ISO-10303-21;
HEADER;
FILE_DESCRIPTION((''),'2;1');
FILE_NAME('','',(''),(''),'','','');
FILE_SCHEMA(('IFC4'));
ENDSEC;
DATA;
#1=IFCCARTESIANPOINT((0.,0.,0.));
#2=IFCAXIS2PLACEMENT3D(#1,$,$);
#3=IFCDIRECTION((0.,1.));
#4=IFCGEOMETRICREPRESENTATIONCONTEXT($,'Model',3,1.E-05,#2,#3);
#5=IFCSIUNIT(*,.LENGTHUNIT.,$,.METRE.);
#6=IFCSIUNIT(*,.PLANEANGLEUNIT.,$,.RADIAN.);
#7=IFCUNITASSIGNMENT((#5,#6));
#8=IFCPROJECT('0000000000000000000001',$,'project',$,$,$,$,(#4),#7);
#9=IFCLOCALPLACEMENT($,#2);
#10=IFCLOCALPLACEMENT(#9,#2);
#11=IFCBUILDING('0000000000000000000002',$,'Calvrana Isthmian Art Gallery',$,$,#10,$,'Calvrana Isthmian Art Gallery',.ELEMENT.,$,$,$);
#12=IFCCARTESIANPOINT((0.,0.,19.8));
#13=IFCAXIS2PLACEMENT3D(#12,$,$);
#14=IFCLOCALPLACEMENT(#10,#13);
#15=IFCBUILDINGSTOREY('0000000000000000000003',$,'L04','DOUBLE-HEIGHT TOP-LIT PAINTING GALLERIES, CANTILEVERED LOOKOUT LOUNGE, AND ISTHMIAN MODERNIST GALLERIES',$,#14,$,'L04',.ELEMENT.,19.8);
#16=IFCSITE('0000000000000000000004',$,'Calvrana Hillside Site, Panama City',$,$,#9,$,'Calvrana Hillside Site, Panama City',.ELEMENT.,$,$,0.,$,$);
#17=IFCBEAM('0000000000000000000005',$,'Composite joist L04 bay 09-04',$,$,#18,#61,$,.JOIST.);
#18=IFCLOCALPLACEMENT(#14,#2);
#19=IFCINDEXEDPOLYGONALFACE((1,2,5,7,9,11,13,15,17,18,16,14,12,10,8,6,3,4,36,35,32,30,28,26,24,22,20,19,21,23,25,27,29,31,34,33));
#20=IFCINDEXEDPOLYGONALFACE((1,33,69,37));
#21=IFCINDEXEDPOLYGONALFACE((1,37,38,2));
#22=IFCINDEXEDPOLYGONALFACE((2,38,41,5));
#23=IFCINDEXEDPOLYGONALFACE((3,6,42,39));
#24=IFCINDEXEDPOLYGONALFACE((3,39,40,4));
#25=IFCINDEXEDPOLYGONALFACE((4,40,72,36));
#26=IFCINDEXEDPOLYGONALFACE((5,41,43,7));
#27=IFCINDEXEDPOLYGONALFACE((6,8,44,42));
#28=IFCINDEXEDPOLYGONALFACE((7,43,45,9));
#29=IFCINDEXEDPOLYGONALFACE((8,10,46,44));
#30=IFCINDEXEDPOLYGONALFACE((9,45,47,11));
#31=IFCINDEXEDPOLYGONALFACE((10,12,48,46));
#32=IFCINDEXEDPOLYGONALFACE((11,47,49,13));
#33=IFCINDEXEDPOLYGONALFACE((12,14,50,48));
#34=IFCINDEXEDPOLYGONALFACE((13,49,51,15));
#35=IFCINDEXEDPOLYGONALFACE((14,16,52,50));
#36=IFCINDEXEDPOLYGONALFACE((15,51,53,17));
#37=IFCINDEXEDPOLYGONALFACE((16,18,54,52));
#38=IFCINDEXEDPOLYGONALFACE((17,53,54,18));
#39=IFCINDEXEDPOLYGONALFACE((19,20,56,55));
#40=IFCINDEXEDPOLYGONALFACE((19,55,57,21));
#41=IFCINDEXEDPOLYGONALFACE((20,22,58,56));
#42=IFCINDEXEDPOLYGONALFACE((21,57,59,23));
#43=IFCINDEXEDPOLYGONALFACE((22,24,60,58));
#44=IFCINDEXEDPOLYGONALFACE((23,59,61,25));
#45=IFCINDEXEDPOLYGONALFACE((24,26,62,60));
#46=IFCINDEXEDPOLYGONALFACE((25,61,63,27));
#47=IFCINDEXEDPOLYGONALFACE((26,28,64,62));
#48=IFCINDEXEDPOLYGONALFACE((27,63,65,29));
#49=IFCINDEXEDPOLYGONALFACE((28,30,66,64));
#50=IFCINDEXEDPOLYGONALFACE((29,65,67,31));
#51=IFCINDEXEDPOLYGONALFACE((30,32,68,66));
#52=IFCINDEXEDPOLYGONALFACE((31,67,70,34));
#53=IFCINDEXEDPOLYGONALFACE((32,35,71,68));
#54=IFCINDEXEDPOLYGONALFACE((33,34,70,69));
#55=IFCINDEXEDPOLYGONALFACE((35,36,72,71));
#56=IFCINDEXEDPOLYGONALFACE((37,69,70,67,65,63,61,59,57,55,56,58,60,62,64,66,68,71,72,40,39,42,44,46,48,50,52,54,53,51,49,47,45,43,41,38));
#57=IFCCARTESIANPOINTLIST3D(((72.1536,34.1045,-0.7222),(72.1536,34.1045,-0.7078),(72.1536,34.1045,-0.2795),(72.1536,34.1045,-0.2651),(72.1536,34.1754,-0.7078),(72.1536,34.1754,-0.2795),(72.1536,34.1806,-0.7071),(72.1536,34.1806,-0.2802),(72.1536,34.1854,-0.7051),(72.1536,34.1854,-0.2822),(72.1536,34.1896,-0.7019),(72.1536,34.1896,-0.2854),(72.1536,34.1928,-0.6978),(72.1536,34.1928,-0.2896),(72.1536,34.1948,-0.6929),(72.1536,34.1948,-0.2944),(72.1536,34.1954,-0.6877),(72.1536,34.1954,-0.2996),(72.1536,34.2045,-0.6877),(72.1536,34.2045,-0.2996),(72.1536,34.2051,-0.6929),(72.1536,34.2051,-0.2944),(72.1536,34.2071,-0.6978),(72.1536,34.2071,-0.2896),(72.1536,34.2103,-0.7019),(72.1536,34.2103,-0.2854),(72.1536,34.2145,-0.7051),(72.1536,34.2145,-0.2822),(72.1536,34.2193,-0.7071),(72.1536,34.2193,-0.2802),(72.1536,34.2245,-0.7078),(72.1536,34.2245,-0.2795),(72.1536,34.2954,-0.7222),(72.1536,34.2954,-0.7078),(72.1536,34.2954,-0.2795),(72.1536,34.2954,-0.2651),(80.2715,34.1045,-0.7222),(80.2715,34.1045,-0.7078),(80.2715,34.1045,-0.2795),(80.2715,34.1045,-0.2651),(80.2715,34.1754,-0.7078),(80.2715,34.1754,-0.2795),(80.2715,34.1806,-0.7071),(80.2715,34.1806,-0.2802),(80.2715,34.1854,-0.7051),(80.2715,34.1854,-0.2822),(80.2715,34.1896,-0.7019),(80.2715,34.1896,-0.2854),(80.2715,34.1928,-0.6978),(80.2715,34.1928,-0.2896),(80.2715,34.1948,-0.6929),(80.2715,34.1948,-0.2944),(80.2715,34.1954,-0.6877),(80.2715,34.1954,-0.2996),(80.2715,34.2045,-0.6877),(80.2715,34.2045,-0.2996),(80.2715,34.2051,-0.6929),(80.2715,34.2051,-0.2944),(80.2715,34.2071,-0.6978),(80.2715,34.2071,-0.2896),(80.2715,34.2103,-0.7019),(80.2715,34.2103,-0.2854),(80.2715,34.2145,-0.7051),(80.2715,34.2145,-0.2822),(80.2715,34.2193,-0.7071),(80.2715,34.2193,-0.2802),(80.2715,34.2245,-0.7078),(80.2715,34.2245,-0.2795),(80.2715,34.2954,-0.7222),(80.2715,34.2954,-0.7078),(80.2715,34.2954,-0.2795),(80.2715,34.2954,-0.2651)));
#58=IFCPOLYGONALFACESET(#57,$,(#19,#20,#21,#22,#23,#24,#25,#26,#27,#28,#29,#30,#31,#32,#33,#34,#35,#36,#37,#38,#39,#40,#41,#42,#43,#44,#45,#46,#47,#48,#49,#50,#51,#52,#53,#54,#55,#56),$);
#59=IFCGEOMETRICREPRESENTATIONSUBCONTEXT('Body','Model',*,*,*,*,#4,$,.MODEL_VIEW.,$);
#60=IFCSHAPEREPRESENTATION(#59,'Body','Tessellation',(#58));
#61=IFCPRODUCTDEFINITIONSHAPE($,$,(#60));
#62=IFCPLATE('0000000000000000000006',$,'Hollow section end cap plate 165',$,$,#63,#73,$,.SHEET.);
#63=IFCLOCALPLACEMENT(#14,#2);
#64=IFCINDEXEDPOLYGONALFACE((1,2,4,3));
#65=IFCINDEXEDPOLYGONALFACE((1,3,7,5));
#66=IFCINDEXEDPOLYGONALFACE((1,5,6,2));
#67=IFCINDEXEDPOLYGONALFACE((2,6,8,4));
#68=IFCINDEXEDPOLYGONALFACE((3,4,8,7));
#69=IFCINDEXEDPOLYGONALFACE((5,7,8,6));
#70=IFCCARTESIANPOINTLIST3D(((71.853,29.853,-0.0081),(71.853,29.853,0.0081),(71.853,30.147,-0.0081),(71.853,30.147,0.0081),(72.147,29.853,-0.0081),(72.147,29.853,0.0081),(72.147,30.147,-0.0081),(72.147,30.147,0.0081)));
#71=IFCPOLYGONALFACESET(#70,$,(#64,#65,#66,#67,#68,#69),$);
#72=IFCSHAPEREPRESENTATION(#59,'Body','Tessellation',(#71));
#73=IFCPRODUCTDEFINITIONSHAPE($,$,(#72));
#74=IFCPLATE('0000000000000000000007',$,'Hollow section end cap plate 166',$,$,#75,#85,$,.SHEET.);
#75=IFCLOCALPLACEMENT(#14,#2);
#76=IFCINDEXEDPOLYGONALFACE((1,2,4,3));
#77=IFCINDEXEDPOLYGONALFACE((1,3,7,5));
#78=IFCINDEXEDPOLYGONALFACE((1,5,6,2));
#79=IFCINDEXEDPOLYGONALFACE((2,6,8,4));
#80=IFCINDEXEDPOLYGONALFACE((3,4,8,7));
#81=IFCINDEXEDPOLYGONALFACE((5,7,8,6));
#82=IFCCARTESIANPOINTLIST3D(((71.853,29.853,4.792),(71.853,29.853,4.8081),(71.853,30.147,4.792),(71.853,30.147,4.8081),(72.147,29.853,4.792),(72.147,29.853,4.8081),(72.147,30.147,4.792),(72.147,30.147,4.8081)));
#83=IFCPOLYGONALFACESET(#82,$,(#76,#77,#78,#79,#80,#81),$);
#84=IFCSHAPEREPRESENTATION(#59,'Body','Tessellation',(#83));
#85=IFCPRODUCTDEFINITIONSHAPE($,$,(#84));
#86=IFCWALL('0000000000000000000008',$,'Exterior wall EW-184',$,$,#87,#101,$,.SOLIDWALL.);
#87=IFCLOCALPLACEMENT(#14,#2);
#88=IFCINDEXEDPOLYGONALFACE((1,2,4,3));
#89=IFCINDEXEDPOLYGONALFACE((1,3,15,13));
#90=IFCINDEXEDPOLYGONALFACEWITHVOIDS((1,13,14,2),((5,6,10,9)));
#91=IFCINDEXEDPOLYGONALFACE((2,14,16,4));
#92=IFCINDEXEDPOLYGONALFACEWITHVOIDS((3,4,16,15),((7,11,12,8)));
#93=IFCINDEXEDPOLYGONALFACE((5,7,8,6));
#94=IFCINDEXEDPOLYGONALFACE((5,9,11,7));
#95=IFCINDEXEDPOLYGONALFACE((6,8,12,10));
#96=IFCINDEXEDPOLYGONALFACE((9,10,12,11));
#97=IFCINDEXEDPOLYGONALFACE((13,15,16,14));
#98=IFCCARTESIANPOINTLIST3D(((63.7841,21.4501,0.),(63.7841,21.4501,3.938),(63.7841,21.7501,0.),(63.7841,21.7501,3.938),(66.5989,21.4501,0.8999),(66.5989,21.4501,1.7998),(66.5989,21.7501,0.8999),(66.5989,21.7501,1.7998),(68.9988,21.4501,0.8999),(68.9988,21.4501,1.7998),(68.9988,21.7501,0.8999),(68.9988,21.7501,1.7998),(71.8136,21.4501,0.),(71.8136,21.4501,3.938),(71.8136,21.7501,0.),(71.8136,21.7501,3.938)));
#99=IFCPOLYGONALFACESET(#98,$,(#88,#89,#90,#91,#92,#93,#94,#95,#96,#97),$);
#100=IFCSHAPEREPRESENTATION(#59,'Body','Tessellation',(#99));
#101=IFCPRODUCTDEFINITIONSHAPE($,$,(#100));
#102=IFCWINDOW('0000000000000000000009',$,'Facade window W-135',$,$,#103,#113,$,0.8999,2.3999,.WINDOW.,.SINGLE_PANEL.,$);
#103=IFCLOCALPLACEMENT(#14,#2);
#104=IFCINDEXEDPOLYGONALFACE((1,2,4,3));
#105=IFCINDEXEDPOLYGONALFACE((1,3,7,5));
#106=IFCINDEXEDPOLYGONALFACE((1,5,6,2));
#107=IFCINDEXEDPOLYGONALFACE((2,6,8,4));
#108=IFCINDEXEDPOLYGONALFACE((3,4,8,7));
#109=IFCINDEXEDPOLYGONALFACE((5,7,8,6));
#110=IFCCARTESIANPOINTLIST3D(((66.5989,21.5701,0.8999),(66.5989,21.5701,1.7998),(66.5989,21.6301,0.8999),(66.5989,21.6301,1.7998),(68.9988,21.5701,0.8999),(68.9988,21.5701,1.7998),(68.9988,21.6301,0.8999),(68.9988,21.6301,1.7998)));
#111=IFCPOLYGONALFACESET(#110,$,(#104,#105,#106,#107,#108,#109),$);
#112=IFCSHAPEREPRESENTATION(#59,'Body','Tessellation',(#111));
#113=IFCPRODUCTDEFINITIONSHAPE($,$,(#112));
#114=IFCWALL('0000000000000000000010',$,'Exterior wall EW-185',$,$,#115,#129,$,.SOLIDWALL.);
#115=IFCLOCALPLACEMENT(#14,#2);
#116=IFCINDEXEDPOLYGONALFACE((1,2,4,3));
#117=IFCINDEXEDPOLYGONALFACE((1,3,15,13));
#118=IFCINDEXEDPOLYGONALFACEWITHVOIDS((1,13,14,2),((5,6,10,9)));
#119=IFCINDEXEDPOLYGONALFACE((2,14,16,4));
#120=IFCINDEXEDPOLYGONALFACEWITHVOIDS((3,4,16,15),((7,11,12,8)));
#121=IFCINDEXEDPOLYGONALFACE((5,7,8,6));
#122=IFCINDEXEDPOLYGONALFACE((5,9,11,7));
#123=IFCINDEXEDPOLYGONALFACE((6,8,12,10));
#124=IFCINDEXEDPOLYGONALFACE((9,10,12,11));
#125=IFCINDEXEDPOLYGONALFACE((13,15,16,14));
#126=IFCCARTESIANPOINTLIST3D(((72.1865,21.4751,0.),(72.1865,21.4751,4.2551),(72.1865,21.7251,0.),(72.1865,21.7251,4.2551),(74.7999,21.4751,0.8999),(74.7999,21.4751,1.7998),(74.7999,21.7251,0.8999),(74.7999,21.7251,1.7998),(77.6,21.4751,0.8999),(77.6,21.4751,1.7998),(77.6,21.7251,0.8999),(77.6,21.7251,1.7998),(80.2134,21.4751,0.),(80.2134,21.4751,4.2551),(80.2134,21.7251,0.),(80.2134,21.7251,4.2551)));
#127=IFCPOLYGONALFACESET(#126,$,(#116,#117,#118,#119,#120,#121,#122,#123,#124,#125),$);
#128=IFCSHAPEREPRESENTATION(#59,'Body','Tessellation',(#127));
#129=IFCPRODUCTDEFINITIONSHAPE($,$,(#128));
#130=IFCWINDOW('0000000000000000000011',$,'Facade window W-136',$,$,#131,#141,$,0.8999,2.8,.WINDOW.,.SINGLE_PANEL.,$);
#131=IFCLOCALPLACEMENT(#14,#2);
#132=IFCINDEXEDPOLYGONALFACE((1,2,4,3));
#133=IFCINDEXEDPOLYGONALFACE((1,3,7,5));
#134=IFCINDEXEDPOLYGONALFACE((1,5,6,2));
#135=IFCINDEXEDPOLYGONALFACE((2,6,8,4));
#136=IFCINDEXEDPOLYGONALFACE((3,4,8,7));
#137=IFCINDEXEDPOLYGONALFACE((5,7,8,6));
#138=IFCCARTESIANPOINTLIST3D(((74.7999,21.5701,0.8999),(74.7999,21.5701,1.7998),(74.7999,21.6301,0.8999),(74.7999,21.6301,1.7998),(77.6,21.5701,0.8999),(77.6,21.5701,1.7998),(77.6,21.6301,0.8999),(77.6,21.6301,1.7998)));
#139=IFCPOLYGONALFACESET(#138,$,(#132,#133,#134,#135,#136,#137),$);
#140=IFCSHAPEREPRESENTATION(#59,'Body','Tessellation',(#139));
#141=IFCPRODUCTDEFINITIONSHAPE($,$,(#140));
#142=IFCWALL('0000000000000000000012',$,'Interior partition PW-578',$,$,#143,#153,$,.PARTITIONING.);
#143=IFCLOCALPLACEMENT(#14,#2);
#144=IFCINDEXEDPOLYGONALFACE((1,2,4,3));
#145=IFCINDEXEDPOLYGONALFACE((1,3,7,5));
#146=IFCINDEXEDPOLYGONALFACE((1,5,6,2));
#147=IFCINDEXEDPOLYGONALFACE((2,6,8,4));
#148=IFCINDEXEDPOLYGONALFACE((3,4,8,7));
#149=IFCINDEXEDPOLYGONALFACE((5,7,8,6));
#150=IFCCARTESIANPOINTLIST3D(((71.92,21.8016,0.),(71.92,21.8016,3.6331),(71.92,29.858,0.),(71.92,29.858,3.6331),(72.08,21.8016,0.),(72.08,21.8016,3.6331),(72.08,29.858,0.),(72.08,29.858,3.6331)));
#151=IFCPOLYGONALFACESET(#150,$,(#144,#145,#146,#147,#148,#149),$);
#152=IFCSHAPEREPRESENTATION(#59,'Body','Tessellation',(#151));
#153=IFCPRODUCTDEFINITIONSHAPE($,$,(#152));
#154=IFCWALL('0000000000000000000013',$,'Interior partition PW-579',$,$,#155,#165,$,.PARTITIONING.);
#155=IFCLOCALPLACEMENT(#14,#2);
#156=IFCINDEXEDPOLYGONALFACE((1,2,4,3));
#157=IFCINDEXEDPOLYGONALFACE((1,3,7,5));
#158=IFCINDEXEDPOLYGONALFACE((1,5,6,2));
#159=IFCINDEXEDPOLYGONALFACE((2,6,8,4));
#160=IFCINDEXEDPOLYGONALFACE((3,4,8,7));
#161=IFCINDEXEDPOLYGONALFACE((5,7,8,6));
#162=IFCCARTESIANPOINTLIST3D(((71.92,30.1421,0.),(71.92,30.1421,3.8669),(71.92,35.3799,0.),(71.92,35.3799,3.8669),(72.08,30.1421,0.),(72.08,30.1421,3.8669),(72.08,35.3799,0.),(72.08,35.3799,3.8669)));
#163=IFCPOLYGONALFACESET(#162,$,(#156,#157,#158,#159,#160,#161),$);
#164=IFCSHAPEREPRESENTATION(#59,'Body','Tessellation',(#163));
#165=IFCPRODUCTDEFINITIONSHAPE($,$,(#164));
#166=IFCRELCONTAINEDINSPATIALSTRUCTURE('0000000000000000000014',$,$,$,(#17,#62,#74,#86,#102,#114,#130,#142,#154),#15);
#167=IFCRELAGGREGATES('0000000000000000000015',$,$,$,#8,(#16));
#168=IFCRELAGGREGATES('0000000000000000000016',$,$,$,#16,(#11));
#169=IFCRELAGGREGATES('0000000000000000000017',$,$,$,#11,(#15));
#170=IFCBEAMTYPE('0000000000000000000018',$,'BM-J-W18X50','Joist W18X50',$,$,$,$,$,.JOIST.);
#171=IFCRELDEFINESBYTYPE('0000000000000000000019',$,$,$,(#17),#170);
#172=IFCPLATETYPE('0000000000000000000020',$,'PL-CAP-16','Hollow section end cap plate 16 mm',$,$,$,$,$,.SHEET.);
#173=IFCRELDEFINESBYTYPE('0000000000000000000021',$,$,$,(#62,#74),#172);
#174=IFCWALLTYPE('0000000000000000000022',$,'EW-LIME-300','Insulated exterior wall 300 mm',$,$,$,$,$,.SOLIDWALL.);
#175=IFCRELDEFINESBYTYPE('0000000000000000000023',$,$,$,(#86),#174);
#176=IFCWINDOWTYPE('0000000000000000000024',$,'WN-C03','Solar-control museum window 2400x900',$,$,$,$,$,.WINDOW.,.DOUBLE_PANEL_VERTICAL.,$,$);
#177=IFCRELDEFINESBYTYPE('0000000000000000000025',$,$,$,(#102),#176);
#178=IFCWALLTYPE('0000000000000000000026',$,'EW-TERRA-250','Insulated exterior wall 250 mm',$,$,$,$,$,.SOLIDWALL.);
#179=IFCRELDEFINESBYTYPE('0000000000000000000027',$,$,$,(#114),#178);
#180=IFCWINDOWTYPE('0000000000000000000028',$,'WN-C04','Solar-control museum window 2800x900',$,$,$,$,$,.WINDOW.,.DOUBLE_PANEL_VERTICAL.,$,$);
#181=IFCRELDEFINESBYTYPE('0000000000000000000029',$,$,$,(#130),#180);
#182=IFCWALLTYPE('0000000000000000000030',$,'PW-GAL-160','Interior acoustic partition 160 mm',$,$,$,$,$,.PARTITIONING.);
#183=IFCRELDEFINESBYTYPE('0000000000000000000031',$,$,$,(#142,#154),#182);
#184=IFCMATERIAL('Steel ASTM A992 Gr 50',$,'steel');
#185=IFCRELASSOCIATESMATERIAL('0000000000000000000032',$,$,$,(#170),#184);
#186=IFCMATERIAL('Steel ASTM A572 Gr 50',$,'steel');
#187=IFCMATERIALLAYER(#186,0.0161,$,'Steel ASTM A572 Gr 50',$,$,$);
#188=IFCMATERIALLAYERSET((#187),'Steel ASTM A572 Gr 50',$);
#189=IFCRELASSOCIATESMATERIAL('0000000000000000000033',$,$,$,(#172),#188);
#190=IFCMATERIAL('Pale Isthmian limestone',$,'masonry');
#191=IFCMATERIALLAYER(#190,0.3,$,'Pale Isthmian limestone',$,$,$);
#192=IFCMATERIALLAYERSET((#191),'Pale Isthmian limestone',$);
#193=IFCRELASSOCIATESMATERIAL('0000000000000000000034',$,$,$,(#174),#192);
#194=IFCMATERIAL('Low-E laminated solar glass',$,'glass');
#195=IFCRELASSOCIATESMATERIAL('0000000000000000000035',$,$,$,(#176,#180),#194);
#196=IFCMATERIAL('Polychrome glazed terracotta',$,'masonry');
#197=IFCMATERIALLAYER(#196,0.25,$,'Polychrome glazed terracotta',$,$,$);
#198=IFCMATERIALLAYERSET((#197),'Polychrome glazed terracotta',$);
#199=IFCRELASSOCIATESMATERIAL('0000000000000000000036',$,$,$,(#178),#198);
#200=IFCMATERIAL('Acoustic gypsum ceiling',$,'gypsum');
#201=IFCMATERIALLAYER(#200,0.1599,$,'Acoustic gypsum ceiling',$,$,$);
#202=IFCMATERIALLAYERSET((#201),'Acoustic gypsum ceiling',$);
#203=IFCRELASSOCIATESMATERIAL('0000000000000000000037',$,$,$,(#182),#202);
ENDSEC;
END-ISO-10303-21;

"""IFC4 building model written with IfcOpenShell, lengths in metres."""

from ifc_helpers import new_model, si_unit, direction, frame, frame_2d, origin, origin_2d, place, context, subcontext, project, spatial, rectangle, i_section, extrude, material, layer, layer_set, material_profile, profile_set, type_object, element, fill, save


model = new_model("IFC4")

# Units and contexts
model_context = context("Model", 3, precision=1e-05, world=origin(), true_north=direction((0.0, 1.0)))
body_context = subcontext(model_context, "Body", "Model", "MODEL_VIEW")
ifc_project = project(units=[si_unit("LENGTHUNIT", "METRE"), si_unit("PLANEANGLEUNIT", "RADIAN")], contexts=[model_context])

# Site, building, storey
site_placement = place(None, origin())
site = spatial("IfcSite", under=ifc_project, at=site_placement, Name="Calvrana Hillside Site, Panama City", LongName="Calvrana Hillside Site, Panama City", CompositionType="ELEMENT", RefElevation=0.0)
building_placement = place(site_placement, origin())
building = spatial("IfcBuilding", under=site, at=building_placement, Name="Calvrana Isthmian Art Gallery", LongName="Calvrana Isthmian Art Gallery", CompositionType="ELEMENT")
storey_placement = place(building_placement, frame((0.0, 0.0, 19.8)))
storey = spatial("IfcBuildingStorey", under=building, at=storey_placement, Name="L04", Description="DOUBLE-HEIGHT TOP-LIT PAINTING GALLERIES, CANTILEVERED LOOKOUT LOUNGE, AND ISTHMIAN MODERNIST GALLERIES", LongName="L04", CompositionType="ELEMENT", Elevation=19.8)

# Shared definitions
ifc_material_1 = material(Name="Steel ASTM A992 Gr 50", Category="steel")

# Beam
ifc_material_profile_1 = material_profile(ifc_material_1, i_section(OverallWidth=0.1909, OverallDepth=0.457, WebThickness=0.009, FlangeThickness=0.0144, FilletRadius=0.02, at=origin_2d()), Name="W18X50")
ifc_profile_set_1 = profile_set([ifc_material_profile_1], Name="Steel ASTM A992 Gr 50")
beam_type_1 = type_object("IfcBeamType", Name="BM-J-W18X50", Description="Joist W18X50", PredefinedType="JOIST", material=ifc_profile_set_1)
beam_1_placement = place(storey_placement, frame((72.1536, 34.2, -0.4937), z_axis=(1.0, 0.0, 0.0), x_axis=(0.0, 1.0, 0.0)))
element("IfcBeam", 1, at=beam_1_placement, inside=storey, type_object=beam_type_1, Name="Composite joist L04 bay 09-04", PredefinedType="JOIST", context=body_context, shape_type="SweptSolid", body=[
    extrude(i_section(OverallWidth=0.1909, OverallDepth=0.457, WebThickness=0.009, FlangeThickness=0.0144, FilletRadius=0.02, at=origin_2d()), origin(), (0.0, 0.0, 1.0), 8.1179),
])

# Plates
ifc_material_2 = material(Name="Steel ASTM A572 Gr 50", Category="steel")
ifc_layer_1 = layer(ifc_material_2, 0.0161, Name="Steel ASTM A572 Gr 50")
ifc_layer_set_1 = layer_set([ifc_layer_1], Name="Steel ASTM A572 Gr 50")
plate_type = type_object("IfcPlateType", Name="PL-CAP-16", Description="Hollow section end cap plate 16 mm", PredefinedType="SHEET", material=ifc_layer_set_1)
for number, where, z_axis, x_axis, name in (
    (2, (72.0, 30.0, -0.0081), (0.0, 0.0, 1.0), (1.0, 0.0, 0.0), "Hollow section end cap plate 165"),
    (3, (72.0, 30.0, 4.792), (0.0, 0.0, 1.0), (1.0, 0.0, 0.0), "Hollow section end cap plate 166"),
):
    element("IfcPlate", number, at=place(storey_placement, frame(where, z_axis=z_axis, x_axis=x_axis)), inside=storey, type_object=plate_type, Name=name, PredefinedType="SHEET", context=body_context, shape_type="SweptSolid", body=[
        extrude(rectangle(XDim=0.2939, YDim=0.2939, at=origin_2d()), origin(), (0.0, 0.0, 1.0), 0.0161),
    ])

# Walls, openings, windows
ifc_material_3 = material(Name="Pale Isthmian limestone", Category="masonry")
ifc_layer_2 = layer(ifc_material_3, 0.3, Name="Pale Isthmian limestone")
ifc_layer_set_2 = layer_set([ifc_layer_2], Name="Pale Isthmian limestone")
wall_type_1 = type_object("IfcWallType", Name="EW-LIME-300", Description="Insulated exterior wall 300 mm", PredefinedType="SOLIDWALL", material=ifc_layer_set_2)
wall_1_placement = place(storey_placement, frame((71.8135, 21.6001, 0.0), z_axis=(0.0, 0.0, 1.0), x_axis=(-1.0, 0.0, 0.0)))
wall_1 = element("IfcWall", 4, at=wall_1_placement, inside=storey, type_object=wall_type_1, Name="Exterior wall EW-184", PredefinedType="SOLIDWALL", context=body_context, shape_type="SweptSolid", body=[
    extrude(rectangle(XDim=8.0295, YDim=0.3, at=frame_2d((4.0146, 0.0))), origin(), (0.0, 0.0, 1.0), 3.938),
])
opening_1_placement = place(wall_1_placement, frame((2.8147, 0.0, 0.8999)))
opening_1 = element("IfcOpeningElement", 5, at=opening_1_placement, cuts=wall_1, PredefinedType="OPENING", context=body_context, shape_type="SweptSolid", body=[
    extrude(rectangle(XDim=2.3999, YDim=0.8999, at=frame_2d((1.2, 0.45))), frame((0.0, 0.1602, 0.0), z_axis=(0.0, -1.0, 0.0), x_axis=(1.0, 0.0, 0.0)), (0.0, 0.0, 1.0), 0.3206),
])
ifc_material_4 = material(Name="Low-E laminated solar glass", Category="glass")
window_type_1 = type_object("IfcWindowType", Name="WN-C03", Description="Solar-control museum window 2400x900", PartitioningType="DOUBLE_PANEL_VERTICAL", PredefinedType="WINDOW", material=ifc_material_4)
window_1_placement = place(opening_1_placement, origin())
window_1 = element("IfcWindow", 6, at=window_1_placement, inside=storey, type_object=window_type_1, Name="Facade window W-135", OverallHeight=0.8999, OverallWidth=2.3999, PartitioningType="SINGLE_PANEL", PredefinedType="WINDOW", context=body_context, shape_type="SweptSolid", body=[
    extrude(rectangle(XDim=2.3999, YDim=0.8999, at=frame_2d((1.2, 0.45))), frame((0.0, 0.03, 0.0), z_axis=(0.0, -1.0, 0.0), x_axis=(1.0, 0.0, 0.0)), (0.0, 0.0, 1.0), 0.0601),
])
fill(opening_1, window_1)
ifc_material_5 = material(Name="Polychrome glazed terracotta", Category="masonry")
ifc_layer_3 = layer(ifc_material_5, 0.25, Name="Polychrome glazed terracotta")
ifc_layer_set_3 = layer_set([ifc_layer_3], Name="Polychrome glazed terracotta")
wall_type_2 = type_object("IfcWallType", Name="EW-TERRA-250", Description="Insulated exterior wall 250 mm", PredefinedType="SOLIDWALL", material=ifc_layer_set_3)
wall_2_placement = place(storey_placement, frame((80.2134, 21.6001, 0.0), z_axis=(0.0, 0.0, 1.0), x_axis=(-1.0, 0.0, 0.0)))
wall_2 = element("IfcWall", 7, at=wall_2_placement, inside=storey, type_object=wall_type_2, Name="Exterior wall EW-185", PredefinedType="SOLIDWALL", context=body_context, shape_type="SweptSolid", body=[
    extrude(rectangle(XDim=8.0269, YDim=0.25, at=frame_2d((4.0134, 0.0))), origin(), (0.0, 0.0, 1.0), 4.2551),
])
opening_2_placement = place(wall_2_placement, frame((2.6135, 0.0, 0.8999)))
opening_2 = element("IfcOpeningElement", 8, at=opening_2_placement, cuts=wall_2, PredefinedType="OPENING", context=body_context, shape_type="SweptSolid", body=[
    extrude(rectangle(XDim=2.8, YDim=0.8999, at=frame_2d((1.3999, 0.45))), frame((0.0, 0.1353, 0.0), z_axis=(0.0, -1.0, 0.0), x_axis=(1.0, 0.0, 0.0)), (0.0, 0.0, 1.0), 0.2705),
])
window_type_2 = type_object("IfcWindowType", Name="WN-C04", Description="Solar-control museum window 2800x900", PartitioningType="DOUBLE_PANEL_VERTICAL", PredefinedType="WINDOW", material=ifc_material_4)
window_2_placement = place(opening_2_placement, origin())
window_2 = element("IfcWindow", 9, at=window_2_placement, inside=storey, type_object=window_type_2, Name="Facade window W-136", OverallHeight=0.8999, OverallWidth=2.8, PartitioningType="SINGLE_PANEL", PredefinedType="WINDOW", context=body_context, shape_type="SweptSolid", body=[
    extrude(rectangle(XDim=2.8, YDim=0.8999, at=frame_2d((1.3999, 0.45))), frame((0.0, 0.03, 0.0), z_axis=(0.0, -1.0, 0.0), x_axis=(1.0, 0.0, 0.0)), (0.0, 0.0, 1.0), 0.0601),
])
fill(opening_2, window_2)

# Walls
ifc_material_6 = material(Name="Acoustic gypsum ceiling", Category="gypsum")
ifc_layer_4 = layer(ifc_material_6, 0.1599, Name="Acoustic gypsum ceiling")
ifc_layer_set_4 = layer_set([ifc_layer_4], Name="Acoustic gypsum ceiling")
wall_type_3 = type_object("IfcWallType", Name="PW-GAL-160", Description="Interior acoustic partition 160 mm", PredefinedType="PARTITIONING", material=ifc_layer_set_4)
wall_3_placement = place(storey_placement, frame((72.0, 21.8015, 0.0), z_axis=(0.0, 0.0, 1.0), x_axis=(0.0, 1.0, 0.0)))
element("IfcWall", 10, at=wall_3_placement, inside=storey, type_object=wall_type_3, Name="Interior partition PW-578", PredefinedType="PARTITIONING", context=body_context, shape_type="SweptSolid", body=[
    extrude(rectangle(XDim=8.0564, YDim=0.1599, at=frame_2d((4.0283, 0.0))), origin(), (0.0, 0.0, 1.0), 3.6331),
])
wall_4_placement = place(storey_placement, frame((72.0, 30.1421, 0.0), z_axis=(0.0, 0.0, 1.0), x_axis=(0.0, 1.0, 0.0)))
element("IfcWall", 11, at=wall_4_placement, inside=storey, type_object=wall_type_3, Name="Interior partition PW-579", PredefinedType="PARTITIONING", context=body_context, shape_type="SweptSolid", body=[
    extrude(rectangle(XDim=5.2378, YDim=0.1599, at=frame_2d((2.6189, 0.0))), origin(), (0.0, 0.0, 1.0), 3.8669),
])

save(model, "model.ifc")
